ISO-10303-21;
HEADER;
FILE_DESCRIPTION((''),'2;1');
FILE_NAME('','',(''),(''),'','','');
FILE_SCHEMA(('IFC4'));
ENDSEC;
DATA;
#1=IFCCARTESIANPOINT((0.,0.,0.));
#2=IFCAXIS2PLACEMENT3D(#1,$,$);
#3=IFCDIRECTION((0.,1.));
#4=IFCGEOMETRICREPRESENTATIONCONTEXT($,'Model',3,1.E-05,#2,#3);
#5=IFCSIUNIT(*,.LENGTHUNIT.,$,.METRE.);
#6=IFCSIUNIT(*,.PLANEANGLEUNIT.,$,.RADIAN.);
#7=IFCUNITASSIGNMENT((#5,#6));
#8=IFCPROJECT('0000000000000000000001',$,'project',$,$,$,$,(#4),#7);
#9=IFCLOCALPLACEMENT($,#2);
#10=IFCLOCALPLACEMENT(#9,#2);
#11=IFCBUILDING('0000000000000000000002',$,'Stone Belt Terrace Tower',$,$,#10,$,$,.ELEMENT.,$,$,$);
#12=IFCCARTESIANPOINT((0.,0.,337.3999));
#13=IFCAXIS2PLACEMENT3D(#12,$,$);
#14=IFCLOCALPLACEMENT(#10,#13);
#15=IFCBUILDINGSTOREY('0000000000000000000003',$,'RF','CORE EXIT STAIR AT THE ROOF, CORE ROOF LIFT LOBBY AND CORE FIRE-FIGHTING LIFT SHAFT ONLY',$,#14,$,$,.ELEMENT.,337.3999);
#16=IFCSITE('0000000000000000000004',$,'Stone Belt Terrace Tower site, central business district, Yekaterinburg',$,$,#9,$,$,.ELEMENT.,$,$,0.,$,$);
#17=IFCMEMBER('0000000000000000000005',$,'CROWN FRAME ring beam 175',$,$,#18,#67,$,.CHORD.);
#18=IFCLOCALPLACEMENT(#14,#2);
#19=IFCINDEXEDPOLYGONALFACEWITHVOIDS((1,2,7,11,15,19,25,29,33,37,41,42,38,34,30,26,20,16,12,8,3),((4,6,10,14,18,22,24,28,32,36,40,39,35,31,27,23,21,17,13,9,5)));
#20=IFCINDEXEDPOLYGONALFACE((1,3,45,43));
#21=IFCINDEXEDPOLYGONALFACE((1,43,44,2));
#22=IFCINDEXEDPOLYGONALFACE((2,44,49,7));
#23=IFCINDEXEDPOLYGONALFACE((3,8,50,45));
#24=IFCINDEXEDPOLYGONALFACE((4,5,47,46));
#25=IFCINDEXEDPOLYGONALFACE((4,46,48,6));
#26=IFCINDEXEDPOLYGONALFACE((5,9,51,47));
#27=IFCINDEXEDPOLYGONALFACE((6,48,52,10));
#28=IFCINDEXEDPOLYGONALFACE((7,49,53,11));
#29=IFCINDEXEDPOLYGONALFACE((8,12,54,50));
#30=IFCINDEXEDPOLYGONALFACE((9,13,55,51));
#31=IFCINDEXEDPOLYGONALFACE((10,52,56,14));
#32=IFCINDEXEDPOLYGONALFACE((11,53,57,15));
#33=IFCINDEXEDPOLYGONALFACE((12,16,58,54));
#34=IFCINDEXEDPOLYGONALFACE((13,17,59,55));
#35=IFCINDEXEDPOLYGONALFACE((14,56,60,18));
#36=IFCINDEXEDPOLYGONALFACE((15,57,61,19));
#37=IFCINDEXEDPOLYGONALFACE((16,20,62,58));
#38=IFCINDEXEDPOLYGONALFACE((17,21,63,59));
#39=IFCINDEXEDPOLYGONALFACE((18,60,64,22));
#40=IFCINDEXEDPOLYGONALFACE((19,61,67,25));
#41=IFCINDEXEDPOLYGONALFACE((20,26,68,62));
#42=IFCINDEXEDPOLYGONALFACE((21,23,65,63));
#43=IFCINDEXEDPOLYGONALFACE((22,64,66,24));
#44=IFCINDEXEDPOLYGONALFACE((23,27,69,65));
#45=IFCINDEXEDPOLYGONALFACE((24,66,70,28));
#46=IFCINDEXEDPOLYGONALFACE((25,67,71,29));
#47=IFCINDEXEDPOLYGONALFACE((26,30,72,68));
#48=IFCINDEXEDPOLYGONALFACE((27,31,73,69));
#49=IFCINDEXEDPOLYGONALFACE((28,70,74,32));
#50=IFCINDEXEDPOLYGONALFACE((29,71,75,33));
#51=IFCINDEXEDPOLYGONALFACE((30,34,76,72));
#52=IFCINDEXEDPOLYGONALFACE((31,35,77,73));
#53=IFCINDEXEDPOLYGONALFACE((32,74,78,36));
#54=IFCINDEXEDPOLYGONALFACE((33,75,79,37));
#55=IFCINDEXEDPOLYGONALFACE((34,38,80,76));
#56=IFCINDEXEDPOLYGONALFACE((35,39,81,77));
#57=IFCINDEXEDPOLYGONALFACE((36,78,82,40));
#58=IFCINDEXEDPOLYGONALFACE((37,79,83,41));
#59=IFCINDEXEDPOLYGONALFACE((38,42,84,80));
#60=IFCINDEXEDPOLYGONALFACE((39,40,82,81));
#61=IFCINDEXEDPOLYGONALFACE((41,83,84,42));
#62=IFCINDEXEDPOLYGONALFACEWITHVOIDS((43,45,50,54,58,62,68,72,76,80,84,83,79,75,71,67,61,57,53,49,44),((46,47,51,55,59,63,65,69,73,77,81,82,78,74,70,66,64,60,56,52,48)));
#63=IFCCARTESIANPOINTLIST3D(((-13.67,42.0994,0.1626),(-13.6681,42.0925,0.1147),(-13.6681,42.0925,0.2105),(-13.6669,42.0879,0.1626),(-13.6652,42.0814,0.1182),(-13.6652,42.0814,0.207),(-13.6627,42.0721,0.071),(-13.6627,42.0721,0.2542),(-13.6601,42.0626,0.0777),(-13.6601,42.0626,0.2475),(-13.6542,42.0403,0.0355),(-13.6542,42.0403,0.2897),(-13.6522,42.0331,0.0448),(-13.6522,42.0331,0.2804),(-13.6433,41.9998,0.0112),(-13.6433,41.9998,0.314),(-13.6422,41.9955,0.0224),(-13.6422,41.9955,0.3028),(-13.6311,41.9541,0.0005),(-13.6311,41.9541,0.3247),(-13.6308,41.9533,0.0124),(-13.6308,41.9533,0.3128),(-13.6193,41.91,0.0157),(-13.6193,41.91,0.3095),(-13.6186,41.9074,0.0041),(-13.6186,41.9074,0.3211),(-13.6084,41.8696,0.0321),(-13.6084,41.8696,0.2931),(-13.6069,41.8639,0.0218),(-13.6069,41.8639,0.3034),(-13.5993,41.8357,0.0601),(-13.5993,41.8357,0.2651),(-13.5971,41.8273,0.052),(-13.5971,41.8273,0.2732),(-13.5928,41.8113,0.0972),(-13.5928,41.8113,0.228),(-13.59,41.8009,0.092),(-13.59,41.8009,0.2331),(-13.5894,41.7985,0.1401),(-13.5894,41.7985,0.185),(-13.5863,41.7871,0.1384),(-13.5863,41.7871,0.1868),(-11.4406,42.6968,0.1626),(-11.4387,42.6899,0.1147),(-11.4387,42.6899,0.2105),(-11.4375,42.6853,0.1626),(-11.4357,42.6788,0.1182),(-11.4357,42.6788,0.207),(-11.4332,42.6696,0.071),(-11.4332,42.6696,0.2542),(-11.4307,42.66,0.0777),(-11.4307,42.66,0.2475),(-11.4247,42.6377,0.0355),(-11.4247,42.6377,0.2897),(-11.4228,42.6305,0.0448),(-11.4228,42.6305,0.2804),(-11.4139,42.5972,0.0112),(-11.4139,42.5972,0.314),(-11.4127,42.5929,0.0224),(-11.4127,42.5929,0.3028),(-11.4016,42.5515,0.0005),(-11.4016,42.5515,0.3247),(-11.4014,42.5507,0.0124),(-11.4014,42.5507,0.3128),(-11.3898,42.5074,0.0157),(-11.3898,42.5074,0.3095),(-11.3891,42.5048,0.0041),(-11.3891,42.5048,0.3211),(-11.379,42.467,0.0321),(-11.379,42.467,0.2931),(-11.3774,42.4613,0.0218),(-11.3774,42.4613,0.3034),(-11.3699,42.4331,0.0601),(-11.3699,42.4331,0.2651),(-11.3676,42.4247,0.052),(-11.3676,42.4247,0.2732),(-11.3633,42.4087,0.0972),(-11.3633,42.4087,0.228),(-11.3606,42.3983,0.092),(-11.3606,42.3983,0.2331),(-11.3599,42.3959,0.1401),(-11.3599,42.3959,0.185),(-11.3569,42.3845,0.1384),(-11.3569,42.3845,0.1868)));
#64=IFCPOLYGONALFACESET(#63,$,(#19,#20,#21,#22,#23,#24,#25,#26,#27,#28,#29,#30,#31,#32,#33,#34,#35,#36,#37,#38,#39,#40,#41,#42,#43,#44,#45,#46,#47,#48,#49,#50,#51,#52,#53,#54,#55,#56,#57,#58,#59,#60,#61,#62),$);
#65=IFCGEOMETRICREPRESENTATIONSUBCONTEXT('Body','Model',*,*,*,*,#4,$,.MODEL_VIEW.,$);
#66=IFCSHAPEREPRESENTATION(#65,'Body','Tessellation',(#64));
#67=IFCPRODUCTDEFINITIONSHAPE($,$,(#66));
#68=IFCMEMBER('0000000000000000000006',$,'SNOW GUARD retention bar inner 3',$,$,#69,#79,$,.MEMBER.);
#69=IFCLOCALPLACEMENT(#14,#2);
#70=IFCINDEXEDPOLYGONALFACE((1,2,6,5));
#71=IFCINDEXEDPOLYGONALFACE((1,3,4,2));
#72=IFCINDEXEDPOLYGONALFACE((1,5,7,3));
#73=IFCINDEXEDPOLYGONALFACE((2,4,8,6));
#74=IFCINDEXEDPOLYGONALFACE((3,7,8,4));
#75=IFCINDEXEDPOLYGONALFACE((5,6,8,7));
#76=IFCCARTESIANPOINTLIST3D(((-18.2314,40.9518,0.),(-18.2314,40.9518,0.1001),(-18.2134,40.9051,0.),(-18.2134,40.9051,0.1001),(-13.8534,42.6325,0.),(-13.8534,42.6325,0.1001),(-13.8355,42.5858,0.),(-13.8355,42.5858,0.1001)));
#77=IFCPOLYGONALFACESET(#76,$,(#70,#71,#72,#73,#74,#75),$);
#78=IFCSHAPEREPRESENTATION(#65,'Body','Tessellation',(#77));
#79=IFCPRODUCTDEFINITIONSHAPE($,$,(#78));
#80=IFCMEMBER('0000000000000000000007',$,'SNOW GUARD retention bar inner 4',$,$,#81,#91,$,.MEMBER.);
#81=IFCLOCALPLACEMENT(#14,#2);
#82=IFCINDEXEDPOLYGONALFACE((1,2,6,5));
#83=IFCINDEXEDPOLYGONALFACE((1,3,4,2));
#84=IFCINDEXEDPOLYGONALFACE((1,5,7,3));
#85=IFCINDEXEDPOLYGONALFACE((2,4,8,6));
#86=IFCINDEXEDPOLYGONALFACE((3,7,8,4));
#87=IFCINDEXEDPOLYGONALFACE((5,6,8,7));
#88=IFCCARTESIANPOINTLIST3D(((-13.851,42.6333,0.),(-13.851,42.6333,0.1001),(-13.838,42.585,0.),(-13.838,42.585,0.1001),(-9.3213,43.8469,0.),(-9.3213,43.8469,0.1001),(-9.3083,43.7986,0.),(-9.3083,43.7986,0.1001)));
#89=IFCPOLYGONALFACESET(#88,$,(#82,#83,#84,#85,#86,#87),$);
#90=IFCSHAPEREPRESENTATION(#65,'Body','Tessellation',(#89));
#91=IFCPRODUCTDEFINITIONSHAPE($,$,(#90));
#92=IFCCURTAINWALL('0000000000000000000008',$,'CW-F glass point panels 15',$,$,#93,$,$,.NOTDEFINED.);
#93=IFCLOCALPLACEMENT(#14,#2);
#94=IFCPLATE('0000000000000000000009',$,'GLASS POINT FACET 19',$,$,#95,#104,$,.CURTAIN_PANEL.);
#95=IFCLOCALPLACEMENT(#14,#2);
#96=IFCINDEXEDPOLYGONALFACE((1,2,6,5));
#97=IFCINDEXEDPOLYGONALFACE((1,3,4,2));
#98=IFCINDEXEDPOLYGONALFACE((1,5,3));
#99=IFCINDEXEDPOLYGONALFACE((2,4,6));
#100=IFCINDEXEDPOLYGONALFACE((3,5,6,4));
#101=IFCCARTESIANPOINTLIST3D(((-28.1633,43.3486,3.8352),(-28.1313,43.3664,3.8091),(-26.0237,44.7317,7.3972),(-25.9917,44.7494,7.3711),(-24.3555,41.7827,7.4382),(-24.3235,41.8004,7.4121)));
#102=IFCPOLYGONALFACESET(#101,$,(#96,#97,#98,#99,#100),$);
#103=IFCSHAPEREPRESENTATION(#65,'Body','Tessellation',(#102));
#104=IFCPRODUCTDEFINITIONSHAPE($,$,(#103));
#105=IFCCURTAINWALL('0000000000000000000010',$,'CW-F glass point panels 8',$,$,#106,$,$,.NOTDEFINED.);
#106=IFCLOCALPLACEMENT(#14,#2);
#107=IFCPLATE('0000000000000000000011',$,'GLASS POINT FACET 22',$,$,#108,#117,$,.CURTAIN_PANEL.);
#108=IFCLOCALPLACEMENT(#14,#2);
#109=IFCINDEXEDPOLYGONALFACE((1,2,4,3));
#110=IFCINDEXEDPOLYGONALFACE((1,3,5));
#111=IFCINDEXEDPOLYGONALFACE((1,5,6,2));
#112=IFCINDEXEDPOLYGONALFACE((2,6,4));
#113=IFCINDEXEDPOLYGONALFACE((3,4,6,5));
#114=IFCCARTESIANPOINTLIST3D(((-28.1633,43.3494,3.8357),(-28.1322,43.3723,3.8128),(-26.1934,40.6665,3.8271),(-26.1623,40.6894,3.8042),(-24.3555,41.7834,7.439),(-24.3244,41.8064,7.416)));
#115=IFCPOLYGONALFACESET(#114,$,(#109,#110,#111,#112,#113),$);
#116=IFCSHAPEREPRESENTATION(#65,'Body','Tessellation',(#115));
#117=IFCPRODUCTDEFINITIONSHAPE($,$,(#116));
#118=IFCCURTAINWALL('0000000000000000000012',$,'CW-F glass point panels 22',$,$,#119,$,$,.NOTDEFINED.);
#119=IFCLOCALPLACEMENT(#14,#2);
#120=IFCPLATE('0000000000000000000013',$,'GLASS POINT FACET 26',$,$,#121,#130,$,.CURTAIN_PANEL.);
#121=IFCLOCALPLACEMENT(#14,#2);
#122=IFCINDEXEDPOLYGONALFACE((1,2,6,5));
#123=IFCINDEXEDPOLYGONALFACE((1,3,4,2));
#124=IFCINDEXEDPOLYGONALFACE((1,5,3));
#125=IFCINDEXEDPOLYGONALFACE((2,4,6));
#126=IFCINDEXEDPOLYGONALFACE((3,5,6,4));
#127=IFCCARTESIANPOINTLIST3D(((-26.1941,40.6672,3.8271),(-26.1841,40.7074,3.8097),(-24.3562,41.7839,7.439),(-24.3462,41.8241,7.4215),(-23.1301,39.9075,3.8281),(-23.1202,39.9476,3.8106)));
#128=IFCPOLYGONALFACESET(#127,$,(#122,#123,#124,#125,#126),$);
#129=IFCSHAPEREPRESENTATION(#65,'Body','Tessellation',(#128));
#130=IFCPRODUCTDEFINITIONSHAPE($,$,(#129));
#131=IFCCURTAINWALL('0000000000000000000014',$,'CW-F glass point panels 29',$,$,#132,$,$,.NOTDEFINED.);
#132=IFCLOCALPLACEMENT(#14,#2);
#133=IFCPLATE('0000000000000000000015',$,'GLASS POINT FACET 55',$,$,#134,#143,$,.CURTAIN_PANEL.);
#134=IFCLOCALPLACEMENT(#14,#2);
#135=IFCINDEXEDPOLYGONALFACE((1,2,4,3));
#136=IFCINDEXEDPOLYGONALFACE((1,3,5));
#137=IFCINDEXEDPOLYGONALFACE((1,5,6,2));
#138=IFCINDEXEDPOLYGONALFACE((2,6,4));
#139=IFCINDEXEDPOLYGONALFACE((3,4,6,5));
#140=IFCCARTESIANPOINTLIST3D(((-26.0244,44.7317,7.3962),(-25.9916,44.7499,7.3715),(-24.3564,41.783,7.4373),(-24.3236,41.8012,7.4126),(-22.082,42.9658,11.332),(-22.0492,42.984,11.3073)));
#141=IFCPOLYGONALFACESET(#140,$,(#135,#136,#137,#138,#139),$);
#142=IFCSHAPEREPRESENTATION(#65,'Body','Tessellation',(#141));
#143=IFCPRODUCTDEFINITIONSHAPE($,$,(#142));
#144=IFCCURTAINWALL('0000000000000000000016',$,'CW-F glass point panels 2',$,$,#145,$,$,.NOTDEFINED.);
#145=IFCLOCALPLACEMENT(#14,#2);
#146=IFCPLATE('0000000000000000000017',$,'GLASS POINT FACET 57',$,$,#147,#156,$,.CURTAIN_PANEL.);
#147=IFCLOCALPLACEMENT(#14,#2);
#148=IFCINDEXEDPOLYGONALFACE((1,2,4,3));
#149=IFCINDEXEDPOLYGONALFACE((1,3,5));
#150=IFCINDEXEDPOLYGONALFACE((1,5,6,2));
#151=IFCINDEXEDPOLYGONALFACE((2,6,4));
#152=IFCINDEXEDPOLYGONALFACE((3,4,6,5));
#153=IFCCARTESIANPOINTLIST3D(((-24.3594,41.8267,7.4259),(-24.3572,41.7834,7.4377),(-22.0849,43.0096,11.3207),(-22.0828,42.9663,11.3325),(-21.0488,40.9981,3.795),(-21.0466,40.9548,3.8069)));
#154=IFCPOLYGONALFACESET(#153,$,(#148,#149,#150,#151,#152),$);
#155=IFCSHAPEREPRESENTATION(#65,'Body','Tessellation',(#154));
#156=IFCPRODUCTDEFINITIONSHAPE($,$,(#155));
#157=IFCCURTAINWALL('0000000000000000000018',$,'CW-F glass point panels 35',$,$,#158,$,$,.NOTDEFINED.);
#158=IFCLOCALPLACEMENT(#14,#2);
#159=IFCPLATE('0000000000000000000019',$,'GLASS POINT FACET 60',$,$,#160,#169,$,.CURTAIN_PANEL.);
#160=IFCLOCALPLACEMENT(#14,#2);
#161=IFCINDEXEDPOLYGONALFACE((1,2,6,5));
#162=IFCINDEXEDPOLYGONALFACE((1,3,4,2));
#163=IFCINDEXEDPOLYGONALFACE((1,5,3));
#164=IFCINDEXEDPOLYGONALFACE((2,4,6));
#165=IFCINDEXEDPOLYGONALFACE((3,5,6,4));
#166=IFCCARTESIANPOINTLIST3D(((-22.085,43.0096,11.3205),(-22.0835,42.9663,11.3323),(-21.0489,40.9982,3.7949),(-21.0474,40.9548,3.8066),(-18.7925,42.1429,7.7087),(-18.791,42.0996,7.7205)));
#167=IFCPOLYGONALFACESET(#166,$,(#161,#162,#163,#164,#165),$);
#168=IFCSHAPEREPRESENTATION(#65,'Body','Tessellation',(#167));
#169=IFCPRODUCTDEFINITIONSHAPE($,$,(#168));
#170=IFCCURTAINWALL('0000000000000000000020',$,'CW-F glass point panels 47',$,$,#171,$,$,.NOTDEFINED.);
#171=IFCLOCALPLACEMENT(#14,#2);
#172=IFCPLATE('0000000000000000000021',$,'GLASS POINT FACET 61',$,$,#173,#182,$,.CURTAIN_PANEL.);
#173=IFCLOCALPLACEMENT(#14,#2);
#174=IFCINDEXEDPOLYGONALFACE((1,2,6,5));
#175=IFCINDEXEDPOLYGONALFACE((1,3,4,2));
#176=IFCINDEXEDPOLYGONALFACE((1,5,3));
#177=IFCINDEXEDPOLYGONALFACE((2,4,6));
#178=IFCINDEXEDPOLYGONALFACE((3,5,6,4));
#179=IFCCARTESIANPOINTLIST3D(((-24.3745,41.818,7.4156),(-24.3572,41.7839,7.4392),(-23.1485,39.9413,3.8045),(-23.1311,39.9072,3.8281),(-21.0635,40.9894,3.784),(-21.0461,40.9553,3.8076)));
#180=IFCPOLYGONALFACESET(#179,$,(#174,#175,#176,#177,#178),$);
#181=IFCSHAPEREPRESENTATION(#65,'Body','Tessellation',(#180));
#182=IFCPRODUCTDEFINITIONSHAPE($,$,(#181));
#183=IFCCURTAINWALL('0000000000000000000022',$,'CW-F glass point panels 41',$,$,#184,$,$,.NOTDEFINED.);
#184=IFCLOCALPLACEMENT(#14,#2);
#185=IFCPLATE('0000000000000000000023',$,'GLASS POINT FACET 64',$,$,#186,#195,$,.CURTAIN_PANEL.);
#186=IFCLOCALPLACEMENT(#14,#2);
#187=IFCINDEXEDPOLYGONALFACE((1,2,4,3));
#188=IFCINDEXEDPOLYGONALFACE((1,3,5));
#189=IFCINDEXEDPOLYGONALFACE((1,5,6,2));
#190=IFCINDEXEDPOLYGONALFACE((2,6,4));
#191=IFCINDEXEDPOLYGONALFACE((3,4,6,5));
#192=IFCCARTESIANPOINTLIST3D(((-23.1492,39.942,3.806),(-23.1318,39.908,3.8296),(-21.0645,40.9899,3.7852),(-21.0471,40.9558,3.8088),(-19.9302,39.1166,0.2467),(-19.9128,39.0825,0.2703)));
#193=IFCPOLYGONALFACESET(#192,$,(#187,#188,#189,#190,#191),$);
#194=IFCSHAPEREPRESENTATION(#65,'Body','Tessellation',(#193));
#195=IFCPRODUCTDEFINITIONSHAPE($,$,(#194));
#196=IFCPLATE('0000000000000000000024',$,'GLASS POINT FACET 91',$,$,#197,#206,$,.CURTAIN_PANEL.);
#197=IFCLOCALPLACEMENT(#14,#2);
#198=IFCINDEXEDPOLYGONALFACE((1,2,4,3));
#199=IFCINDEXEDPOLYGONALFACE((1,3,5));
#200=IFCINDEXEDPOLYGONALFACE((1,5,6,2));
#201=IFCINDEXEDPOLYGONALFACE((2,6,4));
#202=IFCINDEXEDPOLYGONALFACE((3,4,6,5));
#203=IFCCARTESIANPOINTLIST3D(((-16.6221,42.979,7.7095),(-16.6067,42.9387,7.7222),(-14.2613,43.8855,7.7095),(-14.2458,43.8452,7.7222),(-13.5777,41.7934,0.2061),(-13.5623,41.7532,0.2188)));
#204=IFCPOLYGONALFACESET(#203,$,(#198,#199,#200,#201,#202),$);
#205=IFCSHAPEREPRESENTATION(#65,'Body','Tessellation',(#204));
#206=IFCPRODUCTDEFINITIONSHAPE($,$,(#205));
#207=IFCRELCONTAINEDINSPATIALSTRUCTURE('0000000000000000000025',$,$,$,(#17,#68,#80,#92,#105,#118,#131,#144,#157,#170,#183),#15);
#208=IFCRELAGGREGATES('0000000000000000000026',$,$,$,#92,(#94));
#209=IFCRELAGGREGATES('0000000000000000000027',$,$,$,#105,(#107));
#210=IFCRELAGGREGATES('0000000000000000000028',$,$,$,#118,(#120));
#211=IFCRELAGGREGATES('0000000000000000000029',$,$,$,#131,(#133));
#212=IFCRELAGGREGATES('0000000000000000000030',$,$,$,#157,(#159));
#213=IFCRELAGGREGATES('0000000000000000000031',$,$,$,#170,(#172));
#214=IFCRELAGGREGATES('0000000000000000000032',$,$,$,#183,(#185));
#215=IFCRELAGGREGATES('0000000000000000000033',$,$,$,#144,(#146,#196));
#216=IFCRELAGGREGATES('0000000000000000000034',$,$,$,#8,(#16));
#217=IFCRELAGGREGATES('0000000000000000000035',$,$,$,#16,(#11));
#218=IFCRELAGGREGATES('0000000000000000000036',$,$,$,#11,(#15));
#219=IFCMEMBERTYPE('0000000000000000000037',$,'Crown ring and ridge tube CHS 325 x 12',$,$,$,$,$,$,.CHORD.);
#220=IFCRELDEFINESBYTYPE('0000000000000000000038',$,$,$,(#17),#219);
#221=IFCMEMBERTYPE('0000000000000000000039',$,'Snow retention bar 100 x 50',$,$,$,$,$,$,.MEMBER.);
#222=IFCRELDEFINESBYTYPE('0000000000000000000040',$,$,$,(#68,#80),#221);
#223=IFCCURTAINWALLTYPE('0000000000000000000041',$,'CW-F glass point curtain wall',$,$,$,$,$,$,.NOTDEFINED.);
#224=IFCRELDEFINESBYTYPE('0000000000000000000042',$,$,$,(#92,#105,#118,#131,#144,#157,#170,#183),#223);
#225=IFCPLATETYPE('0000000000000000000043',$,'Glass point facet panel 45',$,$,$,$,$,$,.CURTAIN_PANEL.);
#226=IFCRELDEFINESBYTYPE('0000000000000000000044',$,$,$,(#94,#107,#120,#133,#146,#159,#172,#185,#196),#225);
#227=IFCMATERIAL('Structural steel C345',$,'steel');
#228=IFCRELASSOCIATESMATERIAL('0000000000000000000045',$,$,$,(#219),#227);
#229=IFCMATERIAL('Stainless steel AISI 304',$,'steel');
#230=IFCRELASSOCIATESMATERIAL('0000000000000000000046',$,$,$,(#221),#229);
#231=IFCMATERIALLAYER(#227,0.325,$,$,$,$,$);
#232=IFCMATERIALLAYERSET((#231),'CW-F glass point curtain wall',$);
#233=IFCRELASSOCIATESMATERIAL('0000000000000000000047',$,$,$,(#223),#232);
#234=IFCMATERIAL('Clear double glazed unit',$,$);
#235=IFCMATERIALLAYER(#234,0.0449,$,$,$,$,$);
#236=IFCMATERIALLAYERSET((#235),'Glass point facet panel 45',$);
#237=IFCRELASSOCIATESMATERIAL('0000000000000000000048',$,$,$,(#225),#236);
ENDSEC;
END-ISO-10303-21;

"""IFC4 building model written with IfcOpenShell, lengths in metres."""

from ifc_helpers import new_model, si_unit, direction, frame, origin, origin_2d, place, context, subcontext, project, spatial, polyline, rectangle, hollow_circle, outline, extrude, material, layer, layer_set, material_profile, profile_set, type_object, element, aggregate, save


model = new_model("IFC4")

# Units and contexts
model_context = context("Model", 3, precision=1e-05, world=origin(), true_north=direction((0.0, 1.0)))
body_context = subcontext(model_context, "Body", "Model", "MODEL_VIEW")
ifc_project = project(units=[si_unit("LENGTHUNIT", "METRE"), si_unit("PLANEANGLEUNIT", "RADIAN")], contexts=[model_context])

# Site, building, storey
site_placement = place(None, origin())
site = spatial("IfcSite", under=ifc_project, at=site_placement, Name="Stone Belt Terrace Tower site, central business district, Yekaterinburg", CompositionType="ELEMENT", RefElevation=0.0)
building_placement = place(site_placement, origin())
building = spatial("IfcBuilding", under=site, at=building_placement, Name="Stone Belt Terrace Tower", CompositionType="ELEMENT")
storey_placement = place(building_placement, frame((0.0, 0.0, 337.3999)))
storey = spatial("IfcBuildingStorey", under=building, at=storey_placement, Name="RF", Description="CORE EXIT STAIR AT THE ROOF, CORE ROOF LIFT LOBBY AND CORE FIRE-FIGHTING LIFT SHAFT ONLY", CompositionType="ELEMENT", Elevation=337.3999)

# Members
ifc_material_1 = material(Name="Structural steel C345", Category="steel")
ifc_material_profile_1 = material_profile(ifc_material_1, hollow_circle(Radius=0.1626, WallThickness=0.012, at=origin_2d()), Name="Structural steel C345 CHS 325x12")
ifc_profile_set_1 = profile_set([ifc_material_profile_1], Name="Structural steel C345")
member_type_1 = type_object("IfcMemberType", Name="Crown ring and ridge tube CHS 325 x 12", PredefinedType="CHORD", material=ifc_profile_set_1)
for number, where, z_axis, x_axis, name in (
    (1, (-13.6279, 41.9424, 0.1626), (0.965923, 0.258828, 0.0), (-0.258828, 0.965923, 0.0), "CROWN FRAME ring beam 175"),
):
    element("IfcMember", number, at=place(storey_placement, frame(where, z_axis=z_axis, x_axis=x_axis)), inside=storey, type_object=member_type_1, Name=name, PredefinedType="CHORD", context=body_context, shape_type="SweptSolid", body=[
        extrude(hollow_circle(Radius=0.1626, WallThickness=0.012, at=origin_2d()), origin(), (0.0, 0.0, 1.0), 2.3081),
    ])
ifc_material_2 = material(Name="Stainless steel AISI 304", Category="steel")
ifc_material_profile_2 = material_profile(ifc_material_2, rectangle(XDim=0.05, YDim=0.1001, at=origin_2d()), Name="Stainless steel AISI 304 100x50")
ifc_profile_set_2 = profile_set([ifc_material_profile_2], Name="Stainless steel AISI 304")
member_type_2 = type_object("IfcMemberType", Name="Snow retention bar 100 x 50", PredefinedType="MEMBER", material=ifc_profile_set_2)
for number, where, z_axis, x_axis, name in (
    (2, (-18.2224, 40.9285, 0.05), (0.933571, 0.358393, 0.0), (-0.358393, 0.933571, 0.0), "SNOW GUARD retention bar inner 3"),
    (3, (-13.8445, 42.6091, 0.05), (0.965933, 0.258793, 0.0), (-0.258793, 0.965933, 0.0), "SNOW GUARD retention bar inner 4"),
):
    element("IfcMember", number, at=place(storey_placement, frame(where, z_axis=z_axis, x_axis=x_axis)), inside=storey, type_object=member_type_2, Name=name, PredefinedType="MEMBER", context=body_context, shape_type="SweptSolid", body=[
        extrude(rectangle(XDim=0.05, YDim=0.1001, at=origin_2d()), origin(), (0.0, 0.0, 1.0), 4.6895),
    ])

# Curtain walls, plates
ifc_layer_1 = layer(ifc_material_1, 0.325)
ifc_layer_set_1 = layer_set([ifc_layer_1], Name="CW-F glass point curtain wall")
curtain_wall_type = type_object("IfcCurtainWallType", Name="CW-F glass point curtain wall", PredefinedType="NOTDEFINED", material=ifc_layer_set_1)
curtain_wall_1_placement = place(storey_placement, origin())
curtain_wall_1 = element("IfcCurtainWall", 4, at=curtain_wall_1_placement, inside=storey, type_object=curtain_wall_type, Name="CW-F glass point panels 15", PredefinedType="NOTDEFINED")
ifc_material_3 = material(Name="Clear double glazed unit")
ifc_layer_2 = layer(ifc_material_3, 0.0449)
ifc_layer_set_2 = layer_set([ifc_layer_2], Name="Glass point facet panel 45")
plate_type = type_object("IfcPlateType", Name="Glass point facet panel 45", PredefinedType="CURTAIN_PANEL", material=ifc_layer_set_2)
plate_1_placement = place(storey_placement, frame((-24.3555, 41.7827, 7.4382), z_axis=(-0.711923, -0.39465, 0.580876), x_axis=(-0.695987, 0.286213, -0.658548)))
plate_1 = element("IfcPlate", 5, at=plate_1_placement, type_object=plate_type, Name="GLASS POINT FACET 19", PredefinedType="CURTAIN_PANEL", context=body_context, shape_type="SweptSolid", body=[
    extrude(outline(polyline([(0.0, 0.0), (5.4712, 0.0), (2.0321, -2.7114), (0.0, 0.0)])), origin(), (0.0, 0.0, -1.0), 0.0449),
])
aggregate(curtain_wall_1, [plate_1])
curtain_wall_2_placement = place(storey_placement, origin())
curtain_wall_2 = element("IfcCurtainWall", 6, at=curtain_wall_2_placement, inside=storey, type_object=curtain_wall_type, Name="CW-F glass point panels 8", PredefinedType="NOTDEFINED")
plate_2_placement = place(storey_placement, frame((-24.3555, 41.7834, 7.439), z_axis=(-0.692497, -0.510111, 0.510131), x_axis=(-0.437214, -0.265708, -0.859211)))
plate_2 = element("IfcPlate", 7, at=plate_2_placement, type_object=plate_type, Name="GLASS POINT FACET 22", PredefinedType="CURTAIN_PANEL", context=body_context, shape_type="SweptSolid", body=[
    extrude(outline(polyline([(0.0, 0.0), (4.2036, 0.0), (4.3447, -3.3255), (0.0, 0.0)])), origin(), (0.0, 0.0, -1.0), 0.0449),
])
aggregate(curtain_wall_2, [plate_2])
curtain_wall_3_placement = place(storey_placement, origin())
curtain_wall_3 = element("IfcCurtainWall", 8, at=curtain_wall_3_placement, inside=storey, type_object=curtain_wall_type, Name="CW-F glass point panels 22", PredefinedType="NOTDEFINED")
plate_3_placement = place(storey_placement, frame((-24.3562, 41.7839, 7.439), z_axis=(-0.221811, -0.894014, 0.38928), x_axis=(0.288488, -0.441521, -0.849608)))
plate_3 = element("IfcPlate", 9, at=plate_3_placement, type_object=plate_type, Name="GLASS POINT FACET 26", PredefinedType="CURTAIN_PANEL", context=body_context, shape_type="SweptSolid", body=[
    extrude(outline(polyline([(0.0, 0.0), (4.25, 0.0), (3.0315, -2.9121), (0.0, 0.0)])), origin(), (0.0, 0.0, -1.0), 0.0449),
])
aggregate(curtain_wall_3, [plate_3])
curtain_wall_4_placement = place(storey_placement, origin())
curtain_wall_4 = element("IfcCurtainWall", 10, at=curtain_wall_4_placement, inside=storey, type_object=curtain_wall_type, Name="CW-F glass point panels 29", PredefinedType="NOTDEFINED")
plate_4_placement = place(storey_placement, frame((-24.3564, 41.783, 7.4373), z_axis=(-0.730373, -0.405495, 0.549663), x_axis=(-0.492311, 0.870335, -0.012106)))
plate_4 = element("IfcPlate", 11, at=plate_4_placement, type_object=plate_type, Name="GLASS POINT FACET 55", PredefinedType="CURTAIN_PANEL", context=body_context, shape_type="SweptSolid", body=[
    extrude(outline(polyline([(0.0, 0.0), (3.388, 0.0), (-0.1374, -4.6607), (0.0, 0.0)])), origin(), (0.0, 0.0, -1.0), 0.0449),
])
aggregate(curtain_wall_4, [plate_4])
curtain_wall_5_placement = place(storey_placement, origin())
curtain_wall_5 = element("IfcCurtainWall", 12, at=curtain_wall_5_placement, inside=storey, type_object=curtain_wall_type, Name="CW-F glass point panels 2", PredefinedType="NOTDEFINED")
plate_5_placement = place(storey_placement, frame((-24.3572, 41.7834, 7.4377), z_axis=(0.048616, -0.963254, 0.264155), x_axis=(0.487782, 0.253682, 0.835293)))
plate_5 = element("IfcPlate", 13, at=plate_5_placement, type_object=plate_type, Name="GLASS POINT FACET 57", PredefinedType="CURTAIN_PANEL", context=body_context, shape_type="SweptSolid", body=[
    extrude(outline(polyline([(0.0, 0.0), (4.6628, 0.0), (-1.6282, -4.7094), (0.0, 0.0)])), origin(), (0.0, 0.0, -1.0), 0.0449),
])
curtain_wall_6_placement = place(storey_placement, origin())
curtain_wall_6 = element("IfcCurtainWall", 14, at=curtain_wall_6_placement, inside=storey, type_object=curtain_wall_type, Name="CW-F glass point panels 35", PredefinedType="NOTDEFINED")
plate_6_placement = place(storey_placement, frame((-22.0835, 42.9663, 11.3323), z_axis=(0.034044, -0.964347, 0.262441), x_axis=(0.663332, -0.174613, -0.727668)))
plate_6 = element("IfcPlate", 15, at=plate_6_placement, type_object=plate_type, Name="GLASS POINT FACET 60", PredefinedType="CURTAIN_PANEL", context=body_context, shape_type="SweptSolid", body=[
    extrude(outline(polyline([(0.0, 0.0), (4.9635, 0.0), (6.5147, -4.3947), (0.0, 0.0)])), origin(), (0.0, 0.0, -1.0), 0.0449),
])
aggregate(curtain_wall_6, [plate_6])
curtain_wall_7_placement = place(storey_placement, origin())
curtain_wall_7 = element("IfcCurtainWall", 16, at=curtain_wall_7_placement, inside=storey, type_object=curtain_wall_type, Name="CW-F glass point panels 47", PredefinedType="NOTDEFINED")
plate_7_placement = place(storey_placement, frame((-24.3572, 41.7839, 7.4392), z_axis=(0.386319, -0.758222, 0.525221), x_axis=(0.664363, -0.166262, -0.728683)))
plate_7 = element("IfcPlate", 17, at=plate_7_placement, type_object=plate_type, Name="GLASS POINT FACET 61", PredefinedType="CURTAIN_PANEL", context=body_context, shape_type="SweptSolid", body=[
    extrude(outline(polyline([(0.0, 0.0), (4.9838, 0.0), (3.7579, -1.9858), (0.0, 0.0)])), origin(), (0.0, 0.0, -1.0), 0.0449),
])
aggregate(curtain_wall_7, [plate_7])
curtain_wall_8_placement = place(storey_placement, origin())
curtain_wall_8 = element("IfcCurtainWall", 18, at=curtain_wall_8_placement, inside=storey, type_object=curtain_wall_type, Name="CW-F glass point panels 41", PredefinedType="NOTDEFINED")
plate_8_placement = place(storey_placement, frame((-21.0471, 40.9558, 3.8088), z_axis=(0.386332, -0.758211, 0.525228), x_axis=(0.272571, -0.450158, -0.850331)))
plate_8 = element("IfcPlate", 19, at=plate_8_placement, type_object=plate_type, Name="GLASS POINT FACET 64", PredefinedType="CURTAIN_PANEL", context=body_context, shape_type="SweptSolid", body=[
    extrude(outline(polyline([(0.0, 0.0), (4.1614, 0.0), (-0.1142, -2.3305), (0.0, 0.0)])), origin(), (0.0, 0.0, -1.0), 0.0449),
])
aggregate(curtain_wall_8, [plate_8])

# Plate
plate_9_placement = place(storey_placement, frame((-13.5623, 41.7532, 0.2188), z_axis=(0.343999, -0.895898, 0.281127), x_axis=(-0.372005, 0.144864, 0.916857)))
plate_9 = element("IfcPlate", 20, at=plate_9_placement, type_object=plate_type, Name="GLASS POINT FACET 91", PredefinedType="CURTAIN_PANEL", context=body_context, shape_type="SweptSolid", body=[
    extrude(outline(polyline([(0.0, 0.0), (8.1838, 0.0), (7.4369, -2.4161), (0.0, 0.0)])), origin(), (0.0, 0.0, -1.0), 0.0449),
])
aggregate(curtain_wall_5, [plate_5, plate_9])

save(model, "model.ifc")
